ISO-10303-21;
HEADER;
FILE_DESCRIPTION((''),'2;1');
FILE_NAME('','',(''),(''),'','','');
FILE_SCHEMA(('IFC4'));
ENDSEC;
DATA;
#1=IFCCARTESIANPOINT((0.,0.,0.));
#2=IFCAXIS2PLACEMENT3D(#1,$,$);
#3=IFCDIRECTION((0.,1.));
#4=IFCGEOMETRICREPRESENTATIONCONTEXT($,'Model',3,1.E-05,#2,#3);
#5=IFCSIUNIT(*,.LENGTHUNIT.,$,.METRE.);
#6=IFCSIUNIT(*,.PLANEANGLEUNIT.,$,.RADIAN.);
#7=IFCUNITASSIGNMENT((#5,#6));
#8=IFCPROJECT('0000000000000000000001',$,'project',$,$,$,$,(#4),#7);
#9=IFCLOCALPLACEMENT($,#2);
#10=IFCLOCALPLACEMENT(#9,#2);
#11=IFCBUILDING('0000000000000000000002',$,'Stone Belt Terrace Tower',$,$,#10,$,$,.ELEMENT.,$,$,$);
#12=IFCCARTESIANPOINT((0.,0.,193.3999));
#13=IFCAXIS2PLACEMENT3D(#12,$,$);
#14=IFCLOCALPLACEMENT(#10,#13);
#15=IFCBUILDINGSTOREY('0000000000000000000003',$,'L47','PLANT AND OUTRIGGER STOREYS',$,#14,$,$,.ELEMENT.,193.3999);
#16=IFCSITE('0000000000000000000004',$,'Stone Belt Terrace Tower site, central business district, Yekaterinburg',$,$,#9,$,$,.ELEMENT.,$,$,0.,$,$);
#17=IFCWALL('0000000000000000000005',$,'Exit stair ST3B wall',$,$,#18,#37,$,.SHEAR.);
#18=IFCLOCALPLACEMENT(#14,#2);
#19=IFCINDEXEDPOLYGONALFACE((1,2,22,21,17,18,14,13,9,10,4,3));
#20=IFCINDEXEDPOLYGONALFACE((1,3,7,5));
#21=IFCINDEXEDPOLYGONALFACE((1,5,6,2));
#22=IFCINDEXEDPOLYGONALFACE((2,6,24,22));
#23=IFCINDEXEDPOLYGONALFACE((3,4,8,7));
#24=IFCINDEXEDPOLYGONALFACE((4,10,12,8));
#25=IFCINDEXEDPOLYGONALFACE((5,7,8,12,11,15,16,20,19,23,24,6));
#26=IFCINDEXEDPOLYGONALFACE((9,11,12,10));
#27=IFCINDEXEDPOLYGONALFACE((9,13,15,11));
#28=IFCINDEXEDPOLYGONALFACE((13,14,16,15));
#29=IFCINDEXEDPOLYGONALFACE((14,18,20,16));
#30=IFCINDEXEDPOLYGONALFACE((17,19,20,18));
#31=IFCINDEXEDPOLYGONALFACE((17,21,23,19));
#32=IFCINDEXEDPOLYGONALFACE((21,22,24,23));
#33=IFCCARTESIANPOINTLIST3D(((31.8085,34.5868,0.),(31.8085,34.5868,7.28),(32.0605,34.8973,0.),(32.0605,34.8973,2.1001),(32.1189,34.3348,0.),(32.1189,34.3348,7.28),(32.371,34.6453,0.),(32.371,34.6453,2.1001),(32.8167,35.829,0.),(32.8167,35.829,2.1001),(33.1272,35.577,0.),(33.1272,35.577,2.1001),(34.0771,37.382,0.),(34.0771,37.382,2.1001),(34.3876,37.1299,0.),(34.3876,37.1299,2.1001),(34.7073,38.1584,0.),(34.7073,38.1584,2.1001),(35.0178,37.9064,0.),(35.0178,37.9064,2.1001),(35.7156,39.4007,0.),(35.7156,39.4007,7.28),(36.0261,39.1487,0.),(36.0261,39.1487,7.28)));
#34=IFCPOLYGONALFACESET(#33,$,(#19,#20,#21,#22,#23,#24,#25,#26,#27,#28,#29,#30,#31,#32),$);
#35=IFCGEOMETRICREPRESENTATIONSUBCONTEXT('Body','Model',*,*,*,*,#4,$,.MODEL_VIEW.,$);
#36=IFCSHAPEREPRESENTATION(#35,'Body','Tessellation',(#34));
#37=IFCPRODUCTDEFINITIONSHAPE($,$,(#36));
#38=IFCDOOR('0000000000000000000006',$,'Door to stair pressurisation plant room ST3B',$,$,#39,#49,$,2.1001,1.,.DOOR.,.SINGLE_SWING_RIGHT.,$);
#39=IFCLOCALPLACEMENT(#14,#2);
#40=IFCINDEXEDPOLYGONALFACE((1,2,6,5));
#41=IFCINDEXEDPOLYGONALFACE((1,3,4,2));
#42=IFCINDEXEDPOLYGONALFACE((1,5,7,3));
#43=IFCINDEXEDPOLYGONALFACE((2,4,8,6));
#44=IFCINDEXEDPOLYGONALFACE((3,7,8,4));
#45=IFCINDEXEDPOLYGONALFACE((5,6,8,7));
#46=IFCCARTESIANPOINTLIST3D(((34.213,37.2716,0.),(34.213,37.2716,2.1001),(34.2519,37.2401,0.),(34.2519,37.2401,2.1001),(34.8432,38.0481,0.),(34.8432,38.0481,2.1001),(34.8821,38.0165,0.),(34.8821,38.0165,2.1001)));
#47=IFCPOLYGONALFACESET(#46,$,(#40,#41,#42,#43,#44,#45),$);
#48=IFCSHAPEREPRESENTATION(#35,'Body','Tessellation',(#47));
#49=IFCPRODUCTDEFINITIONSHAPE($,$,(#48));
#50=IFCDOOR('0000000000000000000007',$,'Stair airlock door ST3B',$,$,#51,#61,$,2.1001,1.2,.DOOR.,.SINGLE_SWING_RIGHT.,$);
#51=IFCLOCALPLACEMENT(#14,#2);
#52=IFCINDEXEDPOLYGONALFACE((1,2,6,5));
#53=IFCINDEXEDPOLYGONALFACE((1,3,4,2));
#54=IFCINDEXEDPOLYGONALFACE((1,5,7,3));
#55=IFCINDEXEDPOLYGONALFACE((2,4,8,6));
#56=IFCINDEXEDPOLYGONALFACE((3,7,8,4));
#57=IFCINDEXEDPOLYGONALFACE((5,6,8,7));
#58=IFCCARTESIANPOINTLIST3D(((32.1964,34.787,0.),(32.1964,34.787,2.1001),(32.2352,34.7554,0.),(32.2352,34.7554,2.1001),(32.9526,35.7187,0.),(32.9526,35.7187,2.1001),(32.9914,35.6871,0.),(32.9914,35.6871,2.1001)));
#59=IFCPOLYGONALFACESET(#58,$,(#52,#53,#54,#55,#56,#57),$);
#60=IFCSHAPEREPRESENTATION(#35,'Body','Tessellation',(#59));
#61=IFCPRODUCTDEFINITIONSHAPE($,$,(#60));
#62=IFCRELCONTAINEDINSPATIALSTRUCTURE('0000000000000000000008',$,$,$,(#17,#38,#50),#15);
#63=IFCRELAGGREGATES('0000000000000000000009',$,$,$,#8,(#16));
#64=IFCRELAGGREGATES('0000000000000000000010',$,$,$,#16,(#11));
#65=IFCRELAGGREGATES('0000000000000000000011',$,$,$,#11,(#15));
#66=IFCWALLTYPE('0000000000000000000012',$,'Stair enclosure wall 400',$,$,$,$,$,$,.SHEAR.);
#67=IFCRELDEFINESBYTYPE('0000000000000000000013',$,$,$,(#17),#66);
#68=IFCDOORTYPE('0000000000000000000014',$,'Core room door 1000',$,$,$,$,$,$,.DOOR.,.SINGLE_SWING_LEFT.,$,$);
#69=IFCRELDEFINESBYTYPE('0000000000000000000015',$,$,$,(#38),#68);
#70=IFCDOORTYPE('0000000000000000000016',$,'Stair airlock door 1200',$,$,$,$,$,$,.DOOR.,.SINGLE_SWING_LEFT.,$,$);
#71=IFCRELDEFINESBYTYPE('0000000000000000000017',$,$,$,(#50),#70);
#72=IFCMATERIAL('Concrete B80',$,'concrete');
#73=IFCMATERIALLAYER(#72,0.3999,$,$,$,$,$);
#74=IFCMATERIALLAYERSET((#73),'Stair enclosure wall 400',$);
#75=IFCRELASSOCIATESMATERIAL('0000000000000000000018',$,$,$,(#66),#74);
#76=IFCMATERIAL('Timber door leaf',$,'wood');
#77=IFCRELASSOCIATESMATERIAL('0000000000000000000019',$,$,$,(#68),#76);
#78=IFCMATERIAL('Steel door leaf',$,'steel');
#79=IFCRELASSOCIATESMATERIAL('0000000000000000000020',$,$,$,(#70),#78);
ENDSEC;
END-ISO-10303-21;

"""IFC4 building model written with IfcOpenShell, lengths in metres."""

from ifc_helpers import new_model, si_unit, direction, frame, frame_2d, origin, place, context, subcontext, project, spatial, rectangle, extrude, material, layer, layer_set, type_object, element, fill, save


model = new_model("IFC4")

# Units and contexts
model_context = context("Model", 3, precision=1e-05, world=origin(), true_north=direction((0.0, 1.0)))
body_context = subcontext(model_context, "Body", "Model", "MODEL_VIEW")
ifc_project = project(units=[si_unit("LENGTHUNIT", "METRE"), si_unit("PLANEANGLEUNIT", "RADIAN")], contexts=[model_context])

# Site, building, storey
site_placement = place(None, origin())
site = spatial("IfcSite", under=ifc_project, at=site_placement, Name="Stone Belt Terrace Tower site, central business district, Yekaterinburg", CompositionType="ELEMENT", RefElevation=0.0)
building_placement = place(site_placement, origin())
building = spatial("IfcBuilding", under=site, at=building_placement, Name="Stone Belt Terrace Tower", CompositionType="ELEMENT")
storey_placement = place(building_placement, frame((0.0, 0.0, 193.3999)))
storey = spatial("IfcBuildingStorey", under=building, at=storey_placement, Name="L47", Description="PLANT AND OUTRIGGER STOREYS", CompositionType="ELEMENT", Elevation=193.3999)

# Shared definitions
ifc_material_1 = material(Name="Concrete B80", Category="concrete")

# Wall, openings, doors
ifc_layer_1 = layer(ifc_material_1, 0.3999)
ifc_layer_set_1 = layer_set([ifc_layer_1], Name="Stair enclosure wall 400")
wall_type_1 = type_object("IfcWallType", Name="Stair enclosure wall 400", PredefinedType="SHEAR", material=ifc_layer_set_1)
wall_1_placement = place(storey_placement, frame((31.9636, 34.4607, 0.0), z_axis=(0.0, 0.0, 1.0), x_axis=(0.630192, 0.776439, 0.0)))
wall_1 = element("IfcWall", 1, at=wall_1_placement, inside=storey, type_object=wall_type_1, Name="Exit stair ST3B wall", PredefinedType="SHEAR", context=body_context, shape_type="SweptSolid", body=[
    extrude(rectangle(XDim=6.2, YDim=0.3999, at=frame_2d((3.1001, 0.0))), origin(), (0.0, 0.0, 1.0), 7.28),
])
opening_1_placement = place(wall_1_placement, frame((0.3999, 0.0, 0.0)))
opening_1 = element("IfcOpeningElement", 2, at=opening_1_placement, cuts=wall_1, PredefinedType="OPENING", context=body_context, shape_type="SweptSolid", body=[
    extrude(rectangle(XDim=1.2, YDim=2.1001, at=frame_2d((0.6001, 1.05))), frame((0.0, 0.21, 0.0), z_axis=(0.0, -1.0, 0.0), x_axis=(1.0, 0.0, 0.0)), (0.0, 0.0, 1.0), 0.4199),
])
opening_2_placement = place(wall_1_placement, frame((3.6001, 0.0, 0.0)))
opening_2 = element("IfcOpeningElement", 3, at=opening_2_placement, cuts=wall_1, PredefinedType="OPENING", context=body_context, shape_type="SweptSolid", body=[
    extrude(rectangle(XDim=1.0, YDim=2.1001, at=frame_2d((0.5, 1.05))), frame((0.0, 0.21, 0.0), z_axis=(0.0, -1.0, 0.0), x_axis=(1.0, 0.0, 0.0)), (0.0, 0.0, 1.0), 0.4199),
])
ifc_material_2 = material(Name="Timber door leaf", Category="wood")
door_type_1 = type_object("IfcDoorType", Name="Core room door 1000", OperationType="SINGLE_SWING_LEFT", PredefinedType="DOOR", material=ifc_material_2)
door_1_placement = place(opening_2_placement, origin())
door_1 = element("IfcDoor", 4, at=door_1_placement, inside=storey, type_object=door_type_1, Name="Door to stair pressurisation plant room ST3B", OperationType="SINGLE_SWING_RIGHT", OverallHeight=2.1001, OverallWidth=1.0, PredefinedType="DOOR", context=body_context, shape_type="SweptSolid", body=[
    extrude(rectangle(XDim=1.0, YDim=2.1001, at=frame_2d((0.5, 1.05))), frame((0.0, 0.0249, 0.0), z_axis=(0.0, -1.0, 0.0), x_axis=(1.0, 0.0, 0.0)), (0.0, 0.0, 1.0), 0.05),
])
fill(opening_2, door_1)
ifc_material_3 = material(Name="Steel door leaf", Category="steel")
door_type_2 = type_object("IfcDoorType", Name="Stair airlock door 1200", OperationType="SINGLE_SWING_LEFT", PredefinedType="DOOR", material=ifc_material_3)
door_2_placement = place(opening_1_placement, origin())
door_2 = element("IfcDoor", 5, at=door_2_placement, inside=storey, type_object=door_type_2, Name="Stair airlock door ST3B", OperationType="SINGLE_SWING_RIGHT", OverallHeight=2.1001, OverallWidth=1.2, PredefinedType="DOOR", context=body_context, shape_type="SweptSolid", body=[
    extrude(rectangle(XDim=1.2, YDim=2.1001, at=frame_2d((0.6001, 1.05))), frame((0.0, 0.0249, 0.0), z_axis=(0.0, -1.0, 0.0), x_axis=(1.0, 0.0, 0.0)), (0.0, 0.0, 1.0), 0.05),
])
fill(opening_1, door_2)

save(model, "model.ifc")
